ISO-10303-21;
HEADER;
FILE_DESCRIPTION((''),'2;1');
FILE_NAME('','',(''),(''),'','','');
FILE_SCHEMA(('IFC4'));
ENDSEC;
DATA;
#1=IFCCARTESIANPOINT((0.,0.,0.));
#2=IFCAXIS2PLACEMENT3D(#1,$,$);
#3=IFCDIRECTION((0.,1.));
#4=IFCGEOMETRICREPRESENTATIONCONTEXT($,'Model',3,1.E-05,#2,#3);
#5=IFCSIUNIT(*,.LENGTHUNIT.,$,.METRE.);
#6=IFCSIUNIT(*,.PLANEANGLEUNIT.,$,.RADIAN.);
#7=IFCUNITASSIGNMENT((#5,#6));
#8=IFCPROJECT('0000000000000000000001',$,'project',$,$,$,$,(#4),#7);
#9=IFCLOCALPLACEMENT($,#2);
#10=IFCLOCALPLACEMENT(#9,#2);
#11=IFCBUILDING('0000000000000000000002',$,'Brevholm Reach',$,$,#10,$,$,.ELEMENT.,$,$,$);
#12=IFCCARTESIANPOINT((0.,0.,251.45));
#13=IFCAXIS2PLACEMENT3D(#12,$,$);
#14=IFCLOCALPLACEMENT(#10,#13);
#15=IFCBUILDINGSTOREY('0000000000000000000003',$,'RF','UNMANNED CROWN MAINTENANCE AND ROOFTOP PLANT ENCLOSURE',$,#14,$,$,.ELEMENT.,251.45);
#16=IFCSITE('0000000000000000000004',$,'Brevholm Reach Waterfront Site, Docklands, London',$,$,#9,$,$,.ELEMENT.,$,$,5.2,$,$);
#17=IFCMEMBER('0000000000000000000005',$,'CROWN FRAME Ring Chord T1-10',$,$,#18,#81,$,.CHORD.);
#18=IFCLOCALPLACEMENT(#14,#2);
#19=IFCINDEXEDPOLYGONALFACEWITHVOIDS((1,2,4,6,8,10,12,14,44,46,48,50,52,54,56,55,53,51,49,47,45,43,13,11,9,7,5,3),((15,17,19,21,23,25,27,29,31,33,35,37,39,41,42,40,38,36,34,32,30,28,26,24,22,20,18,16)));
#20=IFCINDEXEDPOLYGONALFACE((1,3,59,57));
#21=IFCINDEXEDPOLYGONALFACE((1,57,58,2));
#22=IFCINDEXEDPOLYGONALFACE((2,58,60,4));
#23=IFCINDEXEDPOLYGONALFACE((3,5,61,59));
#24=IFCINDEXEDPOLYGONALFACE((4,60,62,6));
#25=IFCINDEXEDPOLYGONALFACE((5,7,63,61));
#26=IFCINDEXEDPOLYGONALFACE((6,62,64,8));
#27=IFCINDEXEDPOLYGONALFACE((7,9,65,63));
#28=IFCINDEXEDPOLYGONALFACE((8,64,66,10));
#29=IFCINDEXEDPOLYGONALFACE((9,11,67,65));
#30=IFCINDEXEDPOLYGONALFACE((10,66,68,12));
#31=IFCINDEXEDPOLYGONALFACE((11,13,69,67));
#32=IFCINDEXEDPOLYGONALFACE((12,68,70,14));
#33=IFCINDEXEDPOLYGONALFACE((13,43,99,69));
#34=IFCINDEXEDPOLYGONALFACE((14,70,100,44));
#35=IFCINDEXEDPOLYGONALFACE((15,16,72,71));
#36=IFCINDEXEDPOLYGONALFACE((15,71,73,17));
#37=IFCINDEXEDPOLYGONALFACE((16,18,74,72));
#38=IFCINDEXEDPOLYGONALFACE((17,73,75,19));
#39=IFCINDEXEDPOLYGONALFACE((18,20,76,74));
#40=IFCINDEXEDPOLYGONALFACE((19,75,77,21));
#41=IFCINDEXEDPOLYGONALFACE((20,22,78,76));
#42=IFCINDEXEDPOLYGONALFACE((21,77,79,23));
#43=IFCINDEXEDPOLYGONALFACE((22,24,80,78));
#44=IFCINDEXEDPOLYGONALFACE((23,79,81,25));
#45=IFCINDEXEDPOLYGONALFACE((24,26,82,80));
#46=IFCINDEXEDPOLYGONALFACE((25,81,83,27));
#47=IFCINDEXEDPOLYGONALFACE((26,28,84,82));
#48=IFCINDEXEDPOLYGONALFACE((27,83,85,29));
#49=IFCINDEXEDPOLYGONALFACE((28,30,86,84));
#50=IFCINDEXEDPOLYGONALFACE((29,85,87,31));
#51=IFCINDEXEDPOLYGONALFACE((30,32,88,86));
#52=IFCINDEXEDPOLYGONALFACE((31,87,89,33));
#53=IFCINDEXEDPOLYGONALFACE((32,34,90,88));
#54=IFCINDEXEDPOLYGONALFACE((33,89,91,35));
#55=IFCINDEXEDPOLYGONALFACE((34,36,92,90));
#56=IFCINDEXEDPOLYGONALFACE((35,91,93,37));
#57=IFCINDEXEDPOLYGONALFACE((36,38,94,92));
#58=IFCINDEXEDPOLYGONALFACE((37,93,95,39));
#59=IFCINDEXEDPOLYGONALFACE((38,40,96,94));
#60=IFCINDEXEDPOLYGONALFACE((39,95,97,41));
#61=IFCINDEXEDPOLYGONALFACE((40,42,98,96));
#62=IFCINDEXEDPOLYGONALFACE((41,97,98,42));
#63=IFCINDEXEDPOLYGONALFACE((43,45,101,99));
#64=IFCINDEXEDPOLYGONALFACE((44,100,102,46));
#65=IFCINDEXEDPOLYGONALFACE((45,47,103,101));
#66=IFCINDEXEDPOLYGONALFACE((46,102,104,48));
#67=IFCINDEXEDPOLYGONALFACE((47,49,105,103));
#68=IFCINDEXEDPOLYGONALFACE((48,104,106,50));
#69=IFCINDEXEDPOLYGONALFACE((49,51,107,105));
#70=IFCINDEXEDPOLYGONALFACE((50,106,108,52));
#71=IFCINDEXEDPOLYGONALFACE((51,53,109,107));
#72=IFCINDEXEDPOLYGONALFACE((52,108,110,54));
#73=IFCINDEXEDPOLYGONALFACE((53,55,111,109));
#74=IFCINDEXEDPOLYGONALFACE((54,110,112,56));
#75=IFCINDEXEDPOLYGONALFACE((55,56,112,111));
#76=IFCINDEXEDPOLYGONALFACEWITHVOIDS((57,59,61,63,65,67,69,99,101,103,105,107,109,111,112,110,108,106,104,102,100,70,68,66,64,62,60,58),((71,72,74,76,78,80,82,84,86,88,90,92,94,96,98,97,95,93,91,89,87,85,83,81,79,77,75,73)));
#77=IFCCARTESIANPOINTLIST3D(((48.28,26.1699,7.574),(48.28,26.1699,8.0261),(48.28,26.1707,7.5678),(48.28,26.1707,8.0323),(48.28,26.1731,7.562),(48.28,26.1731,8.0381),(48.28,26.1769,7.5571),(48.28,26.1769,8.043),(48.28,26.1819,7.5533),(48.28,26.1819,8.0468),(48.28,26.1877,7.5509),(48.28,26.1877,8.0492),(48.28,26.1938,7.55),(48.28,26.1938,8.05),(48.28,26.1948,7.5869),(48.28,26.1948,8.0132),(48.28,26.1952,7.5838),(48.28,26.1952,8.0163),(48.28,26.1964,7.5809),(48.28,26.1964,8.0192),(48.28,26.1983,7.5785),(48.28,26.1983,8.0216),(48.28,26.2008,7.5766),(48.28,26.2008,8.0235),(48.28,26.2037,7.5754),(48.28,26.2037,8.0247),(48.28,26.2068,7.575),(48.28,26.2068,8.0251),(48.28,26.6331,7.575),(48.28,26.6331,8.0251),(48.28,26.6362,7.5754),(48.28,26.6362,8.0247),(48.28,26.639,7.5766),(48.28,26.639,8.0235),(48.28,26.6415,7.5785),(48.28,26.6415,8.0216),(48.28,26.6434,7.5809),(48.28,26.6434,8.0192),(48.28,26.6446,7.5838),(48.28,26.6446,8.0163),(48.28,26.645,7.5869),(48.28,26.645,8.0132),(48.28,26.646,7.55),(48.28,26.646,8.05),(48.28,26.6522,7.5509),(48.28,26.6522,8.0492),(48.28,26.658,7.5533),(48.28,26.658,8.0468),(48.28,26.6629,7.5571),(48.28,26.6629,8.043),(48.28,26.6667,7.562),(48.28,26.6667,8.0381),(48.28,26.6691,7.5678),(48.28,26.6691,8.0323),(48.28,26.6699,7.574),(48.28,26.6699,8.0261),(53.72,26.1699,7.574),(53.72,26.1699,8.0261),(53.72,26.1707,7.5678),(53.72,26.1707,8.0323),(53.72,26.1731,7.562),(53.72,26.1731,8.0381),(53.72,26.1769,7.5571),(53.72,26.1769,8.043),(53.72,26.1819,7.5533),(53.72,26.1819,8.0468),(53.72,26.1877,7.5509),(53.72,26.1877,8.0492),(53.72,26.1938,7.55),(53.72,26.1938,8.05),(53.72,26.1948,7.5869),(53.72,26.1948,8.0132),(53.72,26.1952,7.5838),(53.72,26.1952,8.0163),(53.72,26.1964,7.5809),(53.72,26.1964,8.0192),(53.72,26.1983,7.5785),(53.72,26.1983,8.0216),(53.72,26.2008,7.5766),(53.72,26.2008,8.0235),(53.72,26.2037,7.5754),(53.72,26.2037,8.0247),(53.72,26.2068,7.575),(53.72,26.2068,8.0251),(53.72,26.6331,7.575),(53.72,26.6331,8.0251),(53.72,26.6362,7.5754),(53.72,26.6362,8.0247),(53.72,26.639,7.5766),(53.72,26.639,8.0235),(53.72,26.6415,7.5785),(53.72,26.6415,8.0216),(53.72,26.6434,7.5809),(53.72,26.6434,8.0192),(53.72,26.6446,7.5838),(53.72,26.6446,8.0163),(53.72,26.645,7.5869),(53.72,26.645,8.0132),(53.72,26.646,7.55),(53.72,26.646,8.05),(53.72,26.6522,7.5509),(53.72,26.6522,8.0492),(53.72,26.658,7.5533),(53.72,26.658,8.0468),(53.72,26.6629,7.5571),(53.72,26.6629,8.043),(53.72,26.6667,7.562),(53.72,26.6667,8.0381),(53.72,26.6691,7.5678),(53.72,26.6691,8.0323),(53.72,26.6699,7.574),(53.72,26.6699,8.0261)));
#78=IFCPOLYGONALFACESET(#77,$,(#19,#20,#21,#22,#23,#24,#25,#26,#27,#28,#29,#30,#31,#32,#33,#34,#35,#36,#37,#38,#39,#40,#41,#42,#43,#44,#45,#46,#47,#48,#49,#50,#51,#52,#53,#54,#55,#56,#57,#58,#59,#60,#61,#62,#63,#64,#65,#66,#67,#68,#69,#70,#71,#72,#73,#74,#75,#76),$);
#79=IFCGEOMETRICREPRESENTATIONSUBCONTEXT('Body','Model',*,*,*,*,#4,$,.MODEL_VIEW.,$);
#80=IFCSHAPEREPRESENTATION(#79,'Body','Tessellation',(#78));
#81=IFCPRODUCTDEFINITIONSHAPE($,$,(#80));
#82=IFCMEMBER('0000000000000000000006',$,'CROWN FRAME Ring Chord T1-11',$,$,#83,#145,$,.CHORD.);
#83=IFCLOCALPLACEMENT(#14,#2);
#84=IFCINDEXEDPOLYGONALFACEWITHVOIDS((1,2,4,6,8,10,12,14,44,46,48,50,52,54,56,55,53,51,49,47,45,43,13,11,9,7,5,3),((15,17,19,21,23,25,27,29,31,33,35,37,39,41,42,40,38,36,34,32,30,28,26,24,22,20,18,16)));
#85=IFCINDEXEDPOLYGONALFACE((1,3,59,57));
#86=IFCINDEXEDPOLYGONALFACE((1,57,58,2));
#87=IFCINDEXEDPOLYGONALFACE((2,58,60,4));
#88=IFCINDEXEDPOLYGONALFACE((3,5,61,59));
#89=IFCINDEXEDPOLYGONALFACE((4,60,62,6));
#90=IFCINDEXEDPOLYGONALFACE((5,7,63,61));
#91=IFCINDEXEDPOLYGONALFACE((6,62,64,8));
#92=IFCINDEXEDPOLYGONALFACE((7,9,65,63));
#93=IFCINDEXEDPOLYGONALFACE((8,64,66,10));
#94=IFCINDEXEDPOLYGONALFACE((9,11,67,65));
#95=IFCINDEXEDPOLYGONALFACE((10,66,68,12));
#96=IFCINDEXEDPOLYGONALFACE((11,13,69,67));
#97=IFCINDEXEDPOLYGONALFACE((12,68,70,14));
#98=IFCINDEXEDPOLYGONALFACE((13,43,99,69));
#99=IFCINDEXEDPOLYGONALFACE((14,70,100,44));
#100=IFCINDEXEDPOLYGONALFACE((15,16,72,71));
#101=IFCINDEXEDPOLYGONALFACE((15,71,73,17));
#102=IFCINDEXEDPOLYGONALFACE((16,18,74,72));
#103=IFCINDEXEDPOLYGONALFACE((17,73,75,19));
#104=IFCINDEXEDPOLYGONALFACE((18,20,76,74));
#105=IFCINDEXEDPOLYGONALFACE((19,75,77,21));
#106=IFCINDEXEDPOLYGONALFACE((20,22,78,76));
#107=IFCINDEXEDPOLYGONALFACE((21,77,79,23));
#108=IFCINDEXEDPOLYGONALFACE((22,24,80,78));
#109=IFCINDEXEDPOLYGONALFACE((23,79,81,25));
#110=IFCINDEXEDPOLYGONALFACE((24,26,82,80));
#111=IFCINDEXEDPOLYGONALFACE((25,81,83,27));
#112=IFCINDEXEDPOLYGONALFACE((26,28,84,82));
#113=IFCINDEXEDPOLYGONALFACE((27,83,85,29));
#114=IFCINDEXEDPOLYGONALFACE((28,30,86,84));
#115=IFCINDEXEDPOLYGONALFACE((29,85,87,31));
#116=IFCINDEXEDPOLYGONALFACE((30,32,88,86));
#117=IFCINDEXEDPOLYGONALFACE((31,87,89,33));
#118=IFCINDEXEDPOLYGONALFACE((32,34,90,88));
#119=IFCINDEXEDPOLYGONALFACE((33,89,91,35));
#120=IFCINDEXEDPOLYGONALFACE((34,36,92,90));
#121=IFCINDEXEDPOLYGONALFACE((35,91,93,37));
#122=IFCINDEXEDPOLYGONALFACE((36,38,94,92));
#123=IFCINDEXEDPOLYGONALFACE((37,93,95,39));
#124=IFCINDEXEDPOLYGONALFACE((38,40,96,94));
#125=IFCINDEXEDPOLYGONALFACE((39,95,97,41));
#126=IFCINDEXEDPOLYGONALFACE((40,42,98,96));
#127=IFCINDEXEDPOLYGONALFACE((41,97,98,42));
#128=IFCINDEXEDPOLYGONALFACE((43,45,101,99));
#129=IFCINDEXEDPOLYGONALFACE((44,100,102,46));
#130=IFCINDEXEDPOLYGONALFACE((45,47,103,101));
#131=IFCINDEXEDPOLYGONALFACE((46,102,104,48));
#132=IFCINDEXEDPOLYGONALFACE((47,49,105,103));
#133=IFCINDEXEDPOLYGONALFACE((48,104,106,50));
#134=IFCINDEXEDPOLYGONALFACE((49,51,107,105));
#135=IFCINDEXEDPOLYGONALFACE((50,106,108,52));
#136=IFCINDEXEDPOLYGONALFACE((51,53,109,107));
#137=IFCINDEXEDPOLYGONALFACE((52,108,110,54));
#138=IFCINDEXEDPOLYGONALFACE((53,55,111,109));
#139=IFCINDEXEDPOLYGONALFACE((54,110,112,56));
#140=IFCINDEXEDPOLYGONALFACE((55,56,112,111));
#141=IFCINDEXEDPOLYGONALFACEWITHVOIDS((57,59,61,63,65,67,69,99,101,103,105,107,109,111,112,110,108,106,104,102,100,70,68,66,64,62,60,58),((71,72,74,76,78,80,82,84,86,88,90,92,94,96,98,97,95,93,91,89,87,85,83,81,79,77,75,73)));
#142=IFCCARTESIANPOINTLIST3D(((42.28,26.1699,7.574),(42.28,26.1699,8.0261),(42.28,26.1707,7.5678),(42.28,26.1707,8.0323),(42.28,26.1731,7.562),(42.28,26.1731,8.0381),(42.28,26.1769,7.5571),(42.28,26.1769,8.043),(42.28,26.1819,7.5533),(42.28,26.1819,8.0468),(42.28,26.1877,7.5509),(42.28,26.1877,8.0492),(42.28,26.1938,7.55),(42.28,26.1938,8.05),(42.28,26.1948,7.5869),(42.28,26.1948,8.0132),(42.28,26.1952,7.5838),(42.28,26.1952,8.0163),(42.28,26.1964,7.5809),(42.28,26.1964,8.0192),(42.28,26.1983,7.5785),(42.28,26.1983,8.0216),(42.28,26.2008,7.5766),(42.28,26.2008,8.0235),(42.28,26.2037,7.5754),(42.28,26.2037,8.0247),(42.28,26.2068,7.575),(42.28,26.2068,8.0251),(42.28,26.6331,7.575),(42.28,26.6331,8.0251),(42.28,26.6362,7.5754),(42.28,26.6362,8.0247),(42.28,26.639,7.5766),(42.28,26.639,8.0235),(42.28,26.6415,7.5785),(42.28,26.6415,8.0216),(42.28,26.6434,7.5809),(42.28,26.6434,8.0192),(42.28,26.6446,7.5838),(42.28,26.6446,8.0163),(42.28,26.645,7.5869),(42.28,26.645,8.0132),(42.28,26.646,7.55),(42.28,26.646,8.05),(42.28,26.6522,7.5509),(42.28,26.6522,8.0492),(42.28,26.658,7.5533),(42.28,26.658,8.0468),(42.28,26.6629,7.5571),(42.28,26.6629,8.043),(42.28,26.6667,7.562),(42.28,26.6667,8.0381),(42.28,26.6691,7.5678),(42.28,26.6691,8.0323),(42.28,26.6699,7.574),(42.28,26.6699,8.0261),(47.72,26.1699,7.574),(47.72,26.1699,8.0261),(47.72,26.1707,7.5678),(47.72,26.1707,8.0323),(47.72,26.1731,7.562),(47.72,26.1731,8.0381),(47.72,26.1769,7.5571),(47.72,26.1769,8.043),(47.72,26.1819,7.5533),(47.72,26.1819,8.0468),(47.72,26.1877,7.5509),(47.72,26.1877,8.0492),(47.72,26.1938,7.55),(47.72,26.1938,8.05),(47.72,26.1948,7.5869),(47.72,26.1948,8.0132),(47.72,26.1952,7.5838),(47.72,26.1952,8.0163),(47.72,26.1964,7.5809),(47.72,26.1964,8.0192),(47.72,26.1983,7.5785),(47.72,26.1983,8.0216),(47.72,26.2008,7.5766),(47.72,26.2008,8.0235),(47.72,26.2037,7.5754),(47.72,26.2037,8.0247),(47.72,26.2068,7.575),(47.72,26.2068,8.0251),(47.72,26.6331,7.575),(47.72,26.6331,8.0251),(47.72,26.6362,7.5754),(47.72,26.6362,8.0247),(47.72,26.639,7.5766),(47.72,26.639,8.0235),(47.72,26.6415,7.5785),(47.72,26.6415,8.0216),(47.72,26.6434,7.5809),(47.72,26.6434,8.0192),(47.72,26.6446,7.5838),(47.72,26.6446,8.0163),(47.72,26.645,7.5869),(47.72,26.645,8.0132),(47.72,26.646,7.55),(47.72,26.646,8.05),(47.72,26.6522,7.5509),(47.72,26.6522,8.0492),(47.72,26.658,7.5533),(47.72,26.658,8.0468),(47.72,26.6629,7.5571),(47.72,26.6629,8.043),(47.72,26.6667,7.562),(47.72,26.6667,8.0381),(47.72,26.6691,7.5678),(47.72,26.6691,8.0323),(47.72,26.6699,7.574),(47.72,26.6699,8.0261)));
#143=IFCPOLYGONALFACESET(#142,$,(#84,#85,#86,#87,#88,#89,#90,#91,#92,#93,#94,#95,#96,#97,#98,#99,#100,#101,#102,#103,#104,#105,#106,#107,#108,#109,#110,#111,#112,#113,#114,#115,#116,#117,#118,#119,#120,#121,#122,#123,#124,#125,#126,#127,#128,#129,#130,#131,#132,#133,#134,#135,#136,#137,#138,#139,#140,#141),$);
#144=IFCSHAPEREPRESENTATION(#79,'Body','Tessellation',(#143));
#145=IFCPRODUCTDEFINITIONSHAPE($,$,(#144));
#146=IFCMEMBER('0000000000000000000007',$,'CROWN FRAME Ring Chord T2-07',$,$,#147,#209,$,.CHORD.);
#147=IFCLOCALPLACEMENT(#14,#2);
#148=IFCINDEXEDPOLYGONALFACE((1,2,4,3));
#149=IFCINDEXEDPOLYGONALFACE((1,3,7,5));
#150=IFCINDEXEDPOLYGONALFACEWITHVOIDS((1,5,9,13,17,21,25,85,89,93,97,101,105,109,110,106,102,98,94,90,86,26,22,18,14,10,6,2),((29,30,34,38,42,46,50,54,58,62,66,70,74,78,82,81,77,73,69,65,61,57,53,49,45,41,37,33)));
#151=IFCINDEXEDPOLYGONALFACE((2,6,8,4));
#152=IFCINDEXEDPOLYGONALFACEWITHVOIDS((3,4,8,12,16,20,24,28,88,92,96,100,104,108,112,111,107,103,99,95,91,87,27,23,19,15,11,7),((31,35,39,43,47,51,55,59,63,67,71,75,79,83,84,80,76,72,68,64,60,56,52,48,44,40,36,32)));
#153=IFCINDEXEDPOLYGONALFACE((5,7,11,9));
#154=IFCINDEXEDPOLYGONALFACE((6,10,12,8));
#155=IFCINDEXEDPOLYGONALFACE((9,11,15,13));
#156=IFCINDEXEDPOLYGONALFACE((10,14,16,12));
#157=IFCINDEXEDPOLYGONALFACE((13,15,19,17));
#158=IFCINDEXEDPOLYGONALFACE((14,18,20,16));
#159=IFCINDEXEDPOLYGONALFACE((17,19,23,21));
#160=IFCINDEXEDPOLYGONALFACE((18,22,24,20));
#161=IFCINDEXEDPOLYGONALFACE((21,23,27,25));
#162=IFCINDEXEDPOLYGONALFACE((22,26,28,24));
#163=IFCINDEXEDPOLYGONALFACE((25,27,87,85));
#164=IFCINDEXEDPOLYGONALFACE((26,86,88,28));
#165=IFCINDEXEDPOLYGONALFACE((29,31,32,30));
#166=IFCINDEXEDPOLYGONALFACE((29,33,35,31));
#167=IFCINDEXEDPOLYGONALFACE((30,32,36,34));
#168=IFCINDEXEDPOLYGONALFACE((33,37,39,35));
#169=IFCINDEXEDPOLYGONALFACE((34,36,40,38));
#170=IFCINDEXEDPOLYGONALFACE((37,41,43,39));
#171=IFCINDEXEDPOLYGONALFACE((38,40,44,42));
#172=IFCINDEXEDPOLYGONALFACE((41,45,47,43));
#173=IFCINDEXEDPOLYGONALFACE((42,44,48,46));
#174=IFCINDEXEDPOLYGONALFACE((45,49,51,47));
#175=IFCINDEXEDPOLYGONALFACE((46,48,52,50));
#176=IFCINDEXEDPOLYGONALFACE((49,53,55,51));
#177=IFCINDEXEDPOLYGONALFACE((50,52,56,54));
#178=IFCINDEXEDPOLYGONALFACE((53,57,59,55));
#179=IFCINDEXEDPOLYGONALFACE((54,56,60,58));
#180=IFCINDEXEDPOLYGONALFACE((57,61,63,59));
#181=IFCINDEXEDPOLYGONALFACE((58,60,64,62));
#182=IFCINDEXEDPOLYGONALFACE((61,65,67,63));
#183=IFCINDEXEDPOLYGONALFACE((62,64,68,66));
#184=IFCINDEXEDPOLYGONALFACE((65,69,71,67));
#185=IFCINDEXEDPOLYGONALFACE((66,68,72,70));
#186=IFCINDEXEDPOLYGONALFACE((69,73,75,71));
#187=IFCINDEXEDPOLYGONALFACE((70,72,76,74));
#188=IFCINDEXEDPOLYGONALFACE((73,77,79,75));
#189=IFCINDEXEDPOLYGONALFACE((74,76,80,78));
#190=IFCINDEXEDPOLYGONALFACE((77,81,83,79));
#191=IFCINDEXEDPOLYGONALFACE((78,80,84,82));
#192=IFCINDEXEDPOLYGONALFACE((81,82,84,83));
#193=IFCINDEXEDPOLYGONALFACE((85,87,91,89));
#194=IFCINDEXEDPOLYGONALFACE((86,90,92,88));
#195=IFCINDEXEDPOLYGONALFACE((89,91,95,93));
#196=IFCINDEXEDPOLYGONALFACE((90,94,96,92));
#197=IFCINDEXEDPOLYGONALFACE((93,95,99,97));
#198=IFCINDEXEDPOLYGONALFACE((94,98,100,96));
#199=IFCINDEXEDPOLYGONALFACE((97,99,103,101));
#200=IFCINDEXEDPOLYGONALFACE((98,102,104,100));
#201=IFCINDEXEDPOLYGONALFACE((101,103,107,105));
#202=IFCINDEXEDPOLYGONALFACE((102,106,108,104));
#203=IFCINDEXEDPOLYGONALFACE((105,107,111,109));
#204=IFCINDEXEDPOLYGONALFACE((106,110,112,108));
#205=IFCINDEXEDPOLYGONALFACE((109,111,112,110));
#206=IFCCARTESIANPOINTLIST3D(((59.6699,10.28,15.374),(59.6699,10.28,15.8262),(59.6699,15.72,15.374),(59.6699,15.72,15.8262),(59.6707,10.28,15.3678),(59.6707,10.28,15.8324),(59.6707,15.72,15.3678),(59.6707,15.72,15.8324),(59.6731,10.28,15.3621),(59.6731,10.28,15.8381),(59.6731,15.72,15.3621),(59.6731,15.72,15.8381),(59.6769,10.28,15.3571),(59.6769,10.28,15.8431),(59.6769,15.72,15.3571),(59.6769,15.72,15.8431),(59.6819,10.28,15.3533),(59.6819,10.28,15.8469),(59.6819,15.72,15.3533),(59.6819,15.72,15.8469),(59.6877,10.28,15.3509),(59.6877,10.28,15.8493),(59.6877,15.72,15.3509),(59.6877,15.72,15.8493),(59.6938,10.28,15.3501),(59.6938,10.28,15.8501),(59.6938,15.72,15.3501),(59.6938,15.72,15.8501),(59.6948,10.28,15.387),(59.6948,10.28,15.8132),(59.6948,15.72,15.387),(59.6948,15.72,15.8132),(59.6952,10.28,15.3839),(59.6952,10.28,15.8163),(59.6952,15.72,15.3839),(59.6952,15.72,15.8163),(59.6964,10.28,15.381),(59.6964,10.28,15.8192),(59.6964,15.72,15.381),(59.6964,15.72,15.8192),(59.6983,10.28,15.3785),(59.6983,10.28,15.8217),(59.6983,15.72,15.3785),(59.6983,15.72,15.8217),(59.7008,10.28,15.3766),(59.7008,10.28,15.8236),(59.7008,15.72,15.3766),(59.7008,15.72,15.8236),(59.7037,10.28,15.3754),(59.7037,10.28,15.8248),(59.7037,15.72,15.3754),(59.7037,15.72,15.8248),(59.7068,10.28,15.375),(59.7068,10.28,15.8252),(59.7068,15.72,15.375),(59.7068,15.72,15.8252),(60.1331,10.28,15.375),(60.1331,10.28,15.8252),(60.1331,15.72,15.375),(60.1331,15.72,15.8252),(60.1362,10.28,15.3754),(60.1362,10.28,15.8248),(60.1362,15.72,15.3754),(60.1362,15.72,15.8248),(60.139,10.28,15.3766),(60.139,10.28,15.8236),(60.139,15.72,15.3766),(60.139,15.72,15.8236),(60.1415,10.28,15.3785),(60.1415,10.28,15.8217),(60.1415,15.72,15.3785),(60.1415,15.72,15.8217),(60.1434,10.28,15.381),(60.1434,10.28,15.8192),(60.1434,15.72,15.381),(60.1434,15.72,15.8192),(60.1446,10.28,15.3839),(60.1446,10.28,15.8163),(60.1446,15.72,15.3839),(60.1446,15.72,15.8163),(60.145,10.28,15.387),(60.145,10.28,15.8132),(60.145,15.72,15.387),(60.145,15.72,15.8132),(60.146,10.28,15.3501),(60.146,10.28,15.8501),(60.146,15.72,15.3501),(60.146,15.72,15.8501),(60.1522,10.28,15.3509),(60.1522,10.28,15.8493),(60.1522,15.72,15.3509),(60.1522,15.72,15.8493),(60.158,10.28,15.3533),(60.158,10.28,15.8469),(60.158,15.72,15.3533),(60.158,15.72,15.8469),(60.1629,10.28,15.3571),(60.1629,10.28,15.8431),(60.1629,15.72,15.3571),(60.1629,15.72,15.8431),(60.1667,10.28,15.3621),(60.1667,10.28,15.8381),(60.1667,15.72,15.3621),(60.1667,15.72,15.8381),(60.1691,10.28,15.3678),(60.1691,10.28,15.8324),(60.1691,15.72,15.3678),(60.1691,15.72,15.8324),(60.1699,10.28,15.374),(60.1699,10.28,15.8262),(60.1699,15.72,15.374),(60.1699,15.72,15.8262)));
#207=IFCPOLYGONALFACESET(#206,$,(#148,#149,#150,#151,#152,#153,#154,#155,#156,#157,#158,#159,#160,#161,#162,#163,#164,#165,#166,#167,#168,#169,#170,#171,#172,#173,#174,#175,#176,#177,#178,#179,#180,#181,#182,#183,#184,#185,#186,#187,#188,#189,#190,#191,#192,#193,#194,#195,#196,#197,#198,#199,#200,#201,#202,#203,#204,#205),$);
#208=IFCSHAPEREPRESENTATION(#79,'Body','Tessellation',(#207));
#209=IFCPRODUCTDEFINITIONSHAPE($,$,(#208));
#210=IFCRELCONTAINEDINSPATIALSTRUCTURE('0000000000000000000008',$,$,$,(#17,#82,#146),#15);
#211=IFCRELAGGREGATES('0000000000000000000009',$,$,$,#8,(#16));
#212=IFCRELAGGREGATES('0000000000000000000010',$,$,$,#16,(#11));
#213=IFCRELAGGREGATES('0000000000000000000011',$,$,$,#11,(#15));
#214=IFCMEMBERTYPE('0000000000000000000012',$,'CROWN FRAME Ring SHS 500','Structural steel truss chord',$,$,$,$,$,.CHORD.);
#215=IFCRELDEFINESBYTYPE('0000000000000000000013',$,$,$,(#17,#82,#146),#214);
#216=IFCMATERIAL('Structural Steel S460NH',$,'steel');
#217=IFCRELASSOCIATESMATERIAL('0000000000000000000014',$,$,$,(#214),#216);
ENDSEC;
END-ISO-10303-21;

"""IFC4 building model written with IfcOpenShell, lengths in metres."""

from ifc_helpers import new_model, si_unit, direction, frame, origin, origin_2d, place, context, subcontext, project, spatial, hollow_rectangle, extrude, material, material_profile, profile_set, type_object, element, save


model = new_model("IFC4")

# Units and contexts
model_context = context("Model", 3, precision=1e-05, world=origin(), true_north=direction((0.0, 1.0)))
body_context = subcontext(model_context, "Body", "Model", "MODEL_VIEW")
ifc_project = project(units=[si_unit("LENGTHUNIT", "METRE"), si_unit("PLANEANGLEUNIT", "RADIAN")], contexts=[model_context])

# Site, building, storey
site_placement = place(None, origin())
site = spatial("IfcSite", under=ifc_project, at=site_placement, Name="Brevholm Reach Waterfront Site, Docklands, London", CompositionType="ELEMENT", RefElevation=5.2)
building_placement = place(site_placement, origin())
building = spatial("IfcBuilding", under=site, at=building_placement, Name="Brevholm Reach", CompositionType="ELEMENT")
storey_placement = place(building_placement, frame((0.0, 0.0, 251.45)))
storey = spatial("IfcBuildingStorey", under=building, at=storey_placement, Name="RF", Description="UNMANNED CROWN MAINTENANCE AND ROOFTOP PLANT ENCLOSURE", CompositionType="ELEMENT", Elevation=251.45)

# Members
ifc_material_1 = material(Name="Structural Steel S460NH", Category="steel")
ifc_material_profile_1 = material_profile(ifc_material_1, hollow_rectangle(XDim=0.5, YDim=0.5, WallThickness=0.0249, InnerFilletRadius=0.012, OuterFilletRadius=0.0239, at=origin_2d()), Name="SHS 500x500x25")
ifc_profile_set_1 = profile_set([ifc_material_profile_1], Name="Structural Steel S460NH")
member_type_1 = type_object("IfcMemberType", Name="CROWN FRAME Ring SHS 500", Description="Structural steel truss chord", PredefinedType="CHORD", material=ifc_profile_set_1)
for number, where, z_axis, x_axis, name in (
    (1, (53.72, 26.4199, 7.8), (-1.0, 0.0, 0.0), (0.0, -1.0, 0.0), "CROWN FRAME Ring Chord T1-10"),
    (2, (47.72, 26.4199, 7.8), (-1.0, 0.0, 0.0), (0.0, -1.0, 0.0), "CROWN FRAME Ring Chord T1-11"),
    (3, (59.9199, 10.28, 15.6001), (0.0, 1.0, 0.0), (-1.0, 0.0, 0.0), "CROWN FRAME Ring Chord T2-07"),
):
    element("IfcMember", number, at=place(storey_placement, frame(where, z_axis=z_axis, x_axis=x_axis)), inside=storey, type_object=member_type_1, Name=name, PredefinedType="CHORD", context=body_context, shape_type="SweptSolid", body=[
        extrude(hollow_rectangle(XDim=0.5, YDim=0.5, WallThickness=0.0249, InnerFilletRadius=0.012, OuterFilletRadius=0.0239, at=origin_2d()), origin(), (0.0, 0.0, 1.0), 5.4399),
    ])

save(model, "model.ifc")
